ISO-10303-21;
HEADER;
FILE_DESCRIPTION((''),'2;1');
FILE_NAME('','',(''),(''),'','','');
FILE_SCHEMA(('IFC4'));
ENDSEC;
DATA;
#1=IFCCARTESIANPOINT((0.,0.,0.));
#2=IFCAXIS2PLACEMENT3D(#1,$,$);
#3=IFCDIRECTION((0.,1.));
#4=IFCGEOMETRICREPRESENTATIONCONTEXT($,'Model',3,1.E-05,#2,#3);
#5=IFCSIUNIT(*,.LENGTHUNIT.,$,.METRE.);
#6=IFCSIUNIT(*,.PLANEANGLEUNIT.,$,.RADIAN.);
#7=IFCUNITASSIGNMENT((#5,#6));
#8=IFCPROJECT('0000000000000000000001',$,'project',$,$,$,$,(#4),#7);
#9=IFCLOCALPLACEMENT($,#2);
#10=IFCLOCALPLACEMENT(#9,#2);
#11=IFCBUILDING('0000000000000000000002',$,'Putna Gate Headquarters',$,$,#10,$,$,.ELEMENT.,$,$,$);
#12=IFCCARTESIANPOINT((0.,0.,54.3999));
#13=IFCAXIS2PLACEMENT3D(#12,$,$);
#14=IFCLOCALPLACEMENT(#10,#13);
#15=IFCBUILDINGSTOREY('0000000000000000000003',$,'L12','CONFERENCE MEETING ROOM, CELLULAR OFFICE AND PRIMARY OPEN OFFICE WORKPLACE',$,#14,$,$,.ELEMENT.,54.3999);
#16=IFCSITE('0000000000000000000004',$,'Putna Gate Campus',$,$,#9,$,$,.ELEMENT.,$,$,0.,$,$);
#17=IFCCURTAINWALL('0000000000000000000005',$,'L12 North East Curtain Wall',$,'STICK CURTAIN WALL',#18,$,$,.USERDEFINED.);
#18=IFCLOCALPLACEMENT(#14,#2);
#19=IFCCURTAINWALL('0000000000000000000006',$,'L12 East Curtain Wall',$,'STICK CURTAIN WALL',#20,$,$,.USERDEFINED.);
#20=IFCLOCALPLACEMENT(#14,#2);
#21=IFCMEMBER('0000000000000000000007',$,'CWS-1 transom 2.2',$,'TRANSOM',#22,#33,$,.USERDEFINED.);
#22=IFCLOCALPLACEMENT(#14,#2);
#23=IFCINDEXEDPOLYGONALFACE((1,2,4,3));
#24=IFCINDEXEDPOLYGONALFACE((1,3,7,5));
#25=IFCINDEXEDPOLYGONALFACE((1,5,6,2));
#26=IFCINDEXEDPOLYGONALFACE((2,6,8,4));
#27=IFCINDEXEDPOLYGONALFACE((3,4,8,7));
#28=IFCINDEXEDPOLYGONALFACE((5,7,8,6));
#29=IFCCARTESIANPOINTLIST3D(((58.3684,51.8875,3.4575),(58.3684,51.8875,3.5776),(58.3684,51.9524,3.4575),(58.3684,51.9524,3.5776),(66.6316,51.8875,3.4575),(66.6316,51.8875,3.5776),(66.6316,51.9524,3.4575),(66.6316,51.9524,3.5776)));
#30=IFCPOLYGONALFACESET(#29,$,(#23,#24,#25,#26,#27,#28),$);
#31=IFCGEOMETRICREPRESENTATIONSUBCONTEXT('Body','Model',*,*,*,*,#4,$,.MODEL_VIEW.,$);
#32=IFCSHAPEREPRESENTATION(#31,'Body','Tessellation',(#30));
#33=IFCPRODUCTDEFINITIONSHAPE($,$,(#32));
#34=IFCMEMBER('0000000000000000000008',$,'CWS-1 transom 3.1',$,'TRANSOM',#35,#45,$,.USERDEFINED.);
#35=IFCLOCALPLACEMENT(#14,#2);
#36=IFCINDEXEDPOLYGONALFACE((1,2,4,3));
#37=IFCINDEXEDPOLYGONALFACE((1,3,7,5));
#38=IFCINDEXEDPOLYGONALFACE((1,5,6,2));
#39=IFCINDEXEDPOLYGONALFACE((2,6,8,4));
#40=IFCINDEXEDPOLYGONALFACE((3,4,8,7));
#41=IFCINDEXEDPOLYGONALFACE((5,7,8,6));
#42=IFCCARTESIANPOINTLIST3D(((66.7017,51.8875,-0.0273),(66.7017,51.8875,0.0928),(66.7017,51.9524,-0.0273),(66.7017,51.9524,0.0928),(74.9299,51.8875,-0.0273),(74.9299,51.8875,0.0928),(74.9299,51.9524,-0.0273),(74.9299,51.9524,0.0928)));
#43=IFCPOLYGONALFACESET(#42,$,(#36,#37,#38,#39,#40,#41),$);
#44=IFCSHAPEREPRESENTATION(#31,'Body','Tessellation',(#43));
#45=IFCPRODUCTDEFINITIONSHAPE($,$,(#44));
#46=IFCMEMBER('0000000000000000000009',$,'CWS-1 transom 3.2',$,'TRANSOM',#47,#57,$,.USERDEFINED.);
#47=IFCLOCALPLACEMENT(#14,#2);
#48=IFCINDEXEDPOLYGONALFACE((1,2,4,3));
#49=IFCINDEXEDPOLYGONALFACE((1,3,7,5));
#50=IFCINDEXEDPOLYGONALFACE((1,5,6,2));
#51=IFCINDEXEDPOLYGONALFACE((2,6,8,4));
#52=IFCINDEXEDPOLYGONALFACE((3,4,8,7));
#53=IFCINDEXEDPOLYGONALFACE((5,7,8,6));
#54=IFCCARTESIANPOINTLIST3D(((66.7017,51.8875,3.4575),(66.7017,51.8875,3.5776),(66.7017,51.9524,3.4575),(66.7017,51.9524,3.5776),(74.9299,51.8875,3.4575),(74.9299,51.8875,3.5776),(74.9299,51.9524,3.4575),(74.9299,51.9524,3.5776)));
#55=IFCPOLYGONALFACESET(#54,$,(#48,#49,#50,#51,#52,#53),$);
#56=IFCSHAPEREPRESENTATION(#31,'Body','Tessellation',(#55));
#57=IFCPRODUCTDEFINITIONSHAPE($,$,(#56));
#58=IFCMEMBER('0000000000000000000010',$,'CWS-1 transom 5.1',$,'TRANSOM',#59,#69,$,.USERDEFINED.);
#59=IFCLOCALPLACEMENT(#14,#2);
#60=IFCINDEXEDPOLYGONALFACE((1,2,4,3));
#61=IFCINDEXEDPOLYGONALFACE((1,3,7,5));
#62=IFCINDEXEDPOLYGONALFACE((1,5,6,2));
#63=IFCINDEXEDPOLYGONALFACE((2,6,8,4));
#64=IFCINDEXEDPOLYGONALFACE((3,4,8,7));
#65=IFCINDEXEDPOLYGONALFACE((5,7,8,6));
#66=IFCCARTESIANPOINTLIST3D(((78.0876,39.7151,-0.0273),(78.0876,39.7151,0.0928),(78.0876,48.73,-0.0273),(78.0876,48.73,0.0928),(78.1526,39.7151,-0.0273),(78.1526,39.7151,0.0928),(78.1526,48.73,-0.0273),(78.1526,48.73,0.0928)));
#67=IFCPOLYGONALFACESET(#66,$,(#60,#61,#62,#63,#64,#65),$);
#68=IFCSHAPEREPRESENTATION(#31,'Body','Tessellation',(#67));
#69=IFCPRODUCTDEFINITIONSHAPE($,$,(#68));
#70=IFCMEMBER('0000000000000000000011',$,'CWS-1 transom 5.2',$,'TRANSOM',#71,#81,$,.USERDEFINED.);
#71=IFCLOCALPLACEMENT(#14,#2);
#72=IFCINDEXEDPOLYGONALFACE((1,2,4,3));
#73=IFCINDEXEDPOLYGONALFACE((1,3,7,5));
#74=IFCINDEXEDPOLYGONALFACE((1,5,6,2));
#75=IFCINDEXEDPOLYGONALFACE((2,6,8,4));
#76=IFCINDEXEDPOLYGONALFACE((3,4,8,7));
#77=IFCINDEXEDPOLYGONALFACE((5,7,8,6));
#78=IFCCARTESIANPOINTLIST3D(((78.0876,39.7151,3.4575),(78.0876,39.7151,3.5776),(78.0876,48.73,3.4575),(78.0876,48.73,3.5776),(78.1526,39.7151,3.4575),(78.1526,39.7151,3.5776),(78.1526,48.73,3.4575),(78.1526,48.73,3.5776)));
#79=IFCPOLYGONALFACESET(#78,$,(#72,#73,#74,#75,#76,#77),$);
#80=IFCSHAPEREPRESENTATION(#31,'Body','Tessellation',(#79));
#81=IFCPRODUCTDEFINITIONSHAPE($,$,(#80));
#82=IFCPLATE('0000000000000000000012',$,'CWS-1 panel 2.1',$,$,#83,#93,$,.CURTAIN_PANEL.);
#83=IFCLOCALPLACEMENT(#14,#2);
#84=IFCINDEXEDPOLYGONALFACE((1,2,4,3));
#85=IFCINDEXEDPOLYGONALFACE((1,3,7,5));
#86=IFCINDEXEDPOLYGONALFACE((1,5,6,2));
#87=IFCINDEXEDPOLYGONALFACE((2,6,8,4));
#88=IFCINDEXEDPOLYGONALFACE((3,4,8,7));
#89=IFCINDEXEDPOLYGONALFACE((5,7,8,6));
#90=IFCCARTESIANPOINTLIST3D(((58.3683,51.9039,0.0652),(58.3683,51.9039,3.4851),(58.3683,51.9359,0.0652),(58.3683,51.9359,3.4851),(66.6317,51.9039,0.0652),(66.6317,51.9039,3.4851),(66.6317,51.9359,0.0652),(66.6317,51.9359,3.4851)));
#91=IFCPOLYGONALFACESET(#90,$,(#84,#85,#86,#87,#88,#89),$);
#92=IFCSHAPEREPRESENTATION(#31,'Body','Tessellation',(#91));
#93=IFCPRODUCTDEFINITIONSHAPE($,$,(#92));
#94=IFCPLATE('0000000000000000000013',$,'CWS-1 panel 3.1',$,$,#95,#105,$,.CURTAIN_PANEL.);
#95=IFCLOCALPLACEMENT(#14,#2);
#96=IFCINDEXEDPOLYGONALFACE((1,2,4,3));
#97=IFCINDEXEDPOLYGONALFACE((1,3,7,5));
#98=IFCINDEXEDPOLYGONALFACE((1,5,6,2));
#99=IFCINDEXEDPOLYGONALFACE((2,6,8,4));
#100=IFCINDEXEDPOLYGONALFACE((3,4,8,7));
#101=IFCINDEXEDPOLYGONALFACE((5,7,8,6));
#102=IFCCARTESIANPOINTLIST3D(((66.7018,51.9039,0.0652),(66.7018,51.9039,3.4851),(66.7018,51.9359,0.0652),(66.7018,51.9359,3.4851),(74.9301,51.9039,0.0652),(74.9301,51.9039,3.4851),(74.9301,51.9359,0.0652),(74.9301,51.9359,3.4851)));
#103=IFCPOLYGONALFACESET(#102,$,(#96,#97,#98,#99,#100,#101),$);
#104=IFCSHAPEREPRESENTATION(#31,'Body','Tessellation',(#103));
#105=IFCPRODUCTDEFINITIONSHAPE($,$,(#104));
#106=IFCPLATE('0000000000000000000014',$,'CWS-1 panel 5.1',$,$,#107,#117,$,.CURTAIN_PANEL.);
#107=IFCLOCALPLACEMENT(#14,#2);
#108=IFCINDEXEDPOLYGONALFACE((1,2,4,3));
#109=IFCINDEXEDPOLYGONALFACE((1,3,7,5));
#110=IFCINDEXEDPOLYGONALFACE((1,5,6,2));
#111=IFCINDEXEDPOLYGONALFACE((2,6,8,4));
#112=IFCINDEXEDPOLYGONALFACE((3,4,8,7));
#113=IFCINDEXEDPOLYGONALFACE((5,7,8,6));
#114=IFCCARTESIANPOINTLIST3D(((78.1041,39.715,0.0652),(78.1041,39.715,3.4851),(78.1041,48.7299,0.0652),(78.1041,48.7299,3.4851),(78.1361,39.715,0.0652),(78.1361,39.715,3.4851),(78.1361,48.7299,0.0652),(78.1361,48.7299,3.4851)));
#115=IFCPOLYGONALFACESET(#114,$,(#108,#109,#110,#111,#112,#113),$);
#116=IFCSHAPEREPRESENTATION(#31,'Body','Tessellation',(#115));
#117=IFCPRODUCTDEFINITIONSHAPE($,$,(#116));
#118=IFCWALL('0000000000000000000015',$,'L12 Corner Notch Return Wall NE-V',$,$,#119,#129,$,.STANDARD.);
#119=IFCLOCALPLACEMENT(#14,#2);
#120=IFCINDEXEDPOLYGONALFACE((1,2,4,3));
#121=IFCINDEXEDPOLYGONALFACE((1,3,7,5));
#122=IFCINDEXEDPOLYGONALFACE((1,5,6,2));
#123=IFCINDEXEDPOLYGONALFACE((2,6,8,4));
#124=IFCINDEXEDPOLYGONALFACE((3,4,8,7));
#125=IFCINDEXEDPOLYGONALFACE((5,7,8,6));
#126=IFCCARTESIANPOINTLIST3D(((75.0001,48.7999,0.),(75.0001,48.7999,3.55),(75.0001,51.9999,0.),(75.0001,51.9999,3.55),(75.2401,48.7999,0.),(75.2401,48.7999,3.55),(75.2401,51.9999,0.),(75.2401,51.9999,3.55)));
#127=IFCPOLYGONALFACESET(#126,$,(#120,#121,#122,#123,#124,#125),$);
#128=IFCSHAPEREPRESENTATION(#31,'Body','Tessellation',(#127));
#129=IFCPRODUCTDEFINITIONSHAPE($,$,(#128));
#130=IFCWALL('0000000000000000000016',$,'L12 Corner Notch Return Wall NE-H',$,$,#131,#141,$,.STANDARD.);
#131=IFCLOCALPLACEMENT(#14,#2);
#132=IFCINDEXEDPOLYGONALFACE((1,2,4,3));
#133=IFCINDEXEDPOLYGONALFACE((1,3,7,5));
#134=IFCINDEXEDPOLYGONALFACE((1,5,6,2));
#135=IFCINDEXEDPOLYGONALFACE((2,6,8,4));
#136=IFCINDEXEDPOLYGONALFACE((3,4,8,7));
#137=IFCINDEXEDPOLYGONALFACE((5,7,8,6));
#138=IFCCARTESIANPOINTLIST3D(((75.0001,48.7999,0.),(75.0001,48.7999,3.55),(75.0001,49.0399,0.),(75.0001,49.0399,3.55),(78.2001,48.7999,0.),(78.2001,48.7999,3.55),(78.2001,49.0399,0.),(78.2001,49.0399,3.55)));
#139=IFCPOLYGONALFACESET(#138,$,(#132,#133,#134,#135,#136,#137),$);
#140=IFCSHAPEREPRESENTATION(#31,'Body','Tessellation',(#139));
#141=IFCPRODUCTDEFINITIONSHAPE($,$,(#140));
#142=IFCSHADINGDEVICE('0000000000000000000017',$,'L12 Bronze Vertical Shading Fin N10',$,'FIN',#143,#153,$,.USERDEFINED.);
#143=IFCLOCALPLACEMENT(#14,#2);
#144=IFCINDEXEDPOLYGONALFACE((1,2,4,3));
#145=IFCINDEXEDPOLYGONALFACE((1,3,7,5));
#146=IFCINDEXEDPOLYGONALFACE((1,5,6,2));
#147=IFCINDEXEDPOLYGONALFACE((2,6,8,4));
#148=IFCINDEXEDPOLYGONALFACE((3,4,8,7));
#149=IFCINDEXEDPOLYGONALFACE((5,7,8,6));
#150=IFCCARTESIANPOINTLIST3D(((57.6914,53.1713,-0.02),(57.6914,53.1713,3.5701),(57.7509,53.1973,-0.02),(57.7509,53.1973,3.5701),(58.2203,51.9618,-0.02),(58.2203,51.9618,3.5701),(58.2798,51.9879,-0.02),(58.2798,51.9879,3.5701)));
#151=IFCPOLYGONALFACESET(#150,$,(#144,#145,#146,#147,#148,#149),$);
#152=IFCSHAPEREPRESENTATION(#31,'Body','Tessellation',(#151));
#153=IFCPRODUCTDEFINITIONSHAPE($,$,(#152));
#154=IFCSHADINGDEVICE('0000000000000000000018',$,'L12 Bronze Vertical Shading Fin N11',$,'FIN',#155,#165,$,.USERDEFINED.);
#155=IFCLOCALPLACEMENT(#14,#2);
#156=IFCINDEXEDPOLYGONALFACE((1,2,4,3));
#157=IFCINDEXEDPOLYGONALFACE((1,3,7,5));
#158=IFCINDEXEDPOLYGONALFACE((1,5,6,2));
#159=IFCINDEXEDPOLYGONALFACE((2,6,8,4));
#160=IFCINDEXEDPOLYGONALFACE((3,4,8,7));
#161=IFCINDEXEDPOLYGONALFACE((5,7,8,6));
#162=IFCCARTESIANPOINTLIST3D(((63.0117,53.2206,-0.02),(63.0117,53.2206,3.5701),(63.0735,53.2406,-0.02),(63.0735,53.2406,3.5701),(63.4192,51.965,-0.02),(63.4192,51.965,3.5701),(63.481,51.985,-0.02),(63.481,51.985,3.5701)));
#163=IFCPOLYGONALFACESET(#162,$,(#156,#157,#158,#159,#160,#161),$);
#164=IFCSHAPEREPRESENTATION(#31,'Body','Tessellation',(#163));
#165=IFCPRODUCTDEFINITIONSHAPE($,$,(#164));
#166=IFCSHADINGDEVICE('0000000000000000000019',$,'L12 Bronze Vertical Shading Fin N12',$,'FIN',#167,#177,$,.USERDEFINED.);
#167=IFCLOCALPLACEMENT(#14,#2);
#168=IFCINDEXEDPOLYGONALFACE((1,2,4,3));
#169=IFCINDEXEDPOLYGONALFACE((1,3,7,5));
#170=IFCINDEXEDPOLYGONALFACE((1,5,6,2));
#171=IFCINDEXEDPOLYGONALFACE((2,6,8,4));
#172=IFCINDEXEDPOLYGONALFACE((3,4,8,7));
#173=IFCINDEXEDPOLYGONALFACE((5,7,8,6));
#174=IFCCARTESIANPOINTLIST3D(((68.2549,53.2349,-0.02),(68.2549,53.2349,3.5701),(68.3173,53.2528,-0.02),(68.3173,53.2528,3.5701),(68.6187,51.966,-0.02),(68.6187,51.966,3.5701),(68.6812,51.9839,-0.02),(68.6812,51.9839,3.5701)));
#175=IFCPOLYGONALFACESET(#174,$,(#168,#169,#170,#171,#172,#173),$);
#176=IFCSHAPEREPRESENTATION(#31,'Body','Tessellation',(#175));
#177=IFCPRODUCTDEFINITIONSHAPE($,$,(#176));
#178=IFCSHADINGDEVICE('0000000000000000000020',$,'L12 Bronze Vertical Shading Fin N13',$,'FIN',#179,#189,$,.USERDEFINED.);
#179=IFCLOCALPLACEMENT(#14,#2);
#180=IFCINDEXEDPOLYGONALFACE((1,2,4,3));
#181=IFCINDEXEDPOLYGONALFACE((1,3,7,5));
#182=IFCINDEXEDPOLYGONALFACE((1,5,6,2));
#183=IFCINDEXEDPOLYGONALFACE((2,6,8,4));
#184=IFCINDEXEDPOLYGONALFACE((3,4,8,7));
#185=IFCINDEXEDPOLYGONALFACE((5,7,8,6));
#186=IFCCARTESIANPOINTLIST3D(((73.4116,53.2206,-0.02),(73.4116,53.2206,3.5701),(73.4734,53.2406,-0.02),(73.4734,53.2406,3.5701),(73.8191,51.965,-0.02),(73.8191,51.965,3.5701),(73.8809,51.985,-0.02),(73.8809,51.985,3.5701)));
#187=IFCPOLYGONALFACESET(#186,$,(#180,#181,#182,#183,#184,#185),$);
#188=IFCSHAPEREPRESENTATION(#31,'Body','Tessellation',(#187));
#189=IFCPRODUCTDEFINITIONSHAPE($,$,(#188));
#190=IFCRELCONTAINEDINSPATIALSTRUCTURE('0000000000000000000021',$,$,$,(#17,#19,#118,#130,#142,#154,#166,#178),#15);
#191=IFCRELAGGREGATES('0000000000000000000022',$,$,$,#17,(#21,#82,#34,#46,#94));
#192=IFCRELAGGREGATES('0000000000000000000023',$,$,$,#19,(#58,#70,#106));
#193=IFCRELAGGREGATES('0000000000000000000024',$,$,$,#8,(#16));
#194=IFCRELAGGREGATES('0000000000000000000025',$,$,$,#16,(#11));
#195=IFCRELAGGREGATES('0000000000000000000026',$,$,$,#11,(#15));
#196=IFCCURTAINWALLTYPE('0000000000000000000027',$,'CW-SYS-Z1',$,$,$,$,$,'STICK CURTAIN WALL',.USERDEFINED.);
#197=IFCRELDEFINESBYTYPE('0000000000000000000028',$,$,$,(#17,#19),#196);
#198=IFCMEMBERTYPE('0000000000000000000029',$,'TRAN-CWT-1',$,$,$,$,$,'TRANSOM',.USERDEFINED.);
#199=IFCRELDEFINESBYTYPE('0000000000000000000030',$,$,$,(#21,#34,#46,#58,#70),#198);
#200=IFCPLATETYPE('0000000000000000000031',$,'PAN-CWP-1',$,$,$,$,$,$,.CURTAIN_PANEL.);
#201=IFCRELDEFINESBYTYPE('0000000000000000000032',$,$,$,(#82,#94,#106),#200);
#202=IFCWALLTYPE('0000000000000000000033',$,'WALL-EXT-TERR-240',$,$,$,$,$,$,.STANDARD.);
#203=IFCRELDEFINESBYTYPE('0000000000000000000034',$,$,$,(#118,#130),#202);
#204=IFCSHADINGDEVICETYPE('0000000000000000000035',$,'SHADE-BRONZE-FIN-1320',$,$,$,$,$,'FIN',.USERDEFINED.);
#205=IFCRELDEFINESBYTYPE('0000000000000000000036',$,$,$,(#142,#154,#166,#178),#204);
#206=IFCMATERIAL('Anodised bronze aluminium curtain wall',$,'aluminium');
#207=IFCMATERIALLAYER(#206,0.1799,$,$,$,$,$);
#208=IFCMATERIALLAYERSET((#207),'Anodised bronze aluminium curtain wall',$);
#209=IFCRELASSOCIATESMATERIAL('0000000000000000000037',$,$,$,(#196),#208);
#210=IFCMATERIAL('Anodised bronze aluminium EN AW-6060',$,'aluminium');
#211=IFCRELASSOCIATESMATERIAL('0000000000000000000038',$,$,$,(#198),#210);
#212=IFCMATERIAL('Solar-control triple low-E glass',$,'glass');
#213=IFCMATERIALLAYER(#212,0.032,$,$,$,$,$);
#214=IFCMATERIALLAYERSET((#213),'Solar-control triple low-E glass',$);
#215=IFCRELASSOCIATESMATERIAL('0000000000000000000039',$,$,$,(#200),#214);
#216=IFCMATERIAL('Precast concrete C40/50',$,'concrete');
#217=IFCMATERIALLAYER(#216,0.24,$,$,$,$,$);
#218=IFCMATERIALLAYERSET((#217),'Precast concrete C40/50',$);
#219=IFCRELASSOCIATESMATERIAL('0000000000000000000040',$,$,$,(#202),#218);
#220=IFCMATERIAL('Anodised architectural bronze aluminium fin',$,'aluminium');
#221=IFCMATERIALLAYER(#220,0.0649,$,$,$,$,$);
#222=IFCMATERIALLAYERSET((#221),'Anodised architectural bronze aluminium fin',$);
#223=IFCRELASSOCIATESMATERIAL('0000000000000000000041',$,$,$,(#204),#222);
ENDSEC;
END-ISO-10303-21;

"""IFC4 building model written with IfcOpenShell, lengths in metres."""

from ifc_helpers import new_model, si_unit, direction, frame, frame_2d, origin, origin_2d, place, context, subcontext, project, spatial, rectangle, extrude, material, layer, layer_set, material_profile, profile_set, type_object, element, aggregate, save


model = new_model("IFC4")

# Units and contexts
model_context = context("Model", 3, precision=1e-05, world=origin(), true_north=direction((0.0, 1.0)))
body_context = subcontext(model_context, "Body", "Model", "MODEL_VIEW")
ifc_project = project(units=[si_unit("LENGTHUNIT", "METRE"), si_unit("PLANEANGLEUNIT", "RADIAN")], contexts=[model_context])

# Site, building, storey
site_placement = place(None, origin())
site = spatial("IfcSite", under=ifc_project, at=site_placement, Name="Putna Gate Campus", CompositionType="ELEMENT", RefElevation=0.0)
building_placement = place(site_placement, origin())
building = spatial("IfcBuilding", under=site, at=building_placement, Name="Putna Gate Headquarters", CompositionType="ELEMENT")
storey_placement = place(building_placement, frame((0.0, 0.0, 54.3999)))
storey = spatial("IfcBuildingStorey", under=building, at=storey_placement, Name="L12", Description="CONFERENCE MEETING ROOM, CELLULAR OFFICE AND PRIMARY OPEN OFFICE WORKPLACE", CompositionType="ELEMENT", Elevation=54.3999)

# Curtain wall
ifc_material_1 = material(Name="Anodised bronze aluminium curtain wall", Category="aluminium")
ifc_layer_1 = layer(ifc_material_1, 0.1799)
ifc_layer_set_1 = layer_set([ifc_layer_1], Name="Anodised bronze aluminium curtain wall")
curtain_wall_type = type_object("IfcCurtainWallType", Name="CW-SYS-Z1", ElementType="STICK CURTAIN WALL", PredefinedType="USERDEFINED", material=ifc_layer_set_1)
curtain_wall_1_placement = place(storey_placement, origin())
curtain_wall_1 = element("IfcCurtainWall", 1, at=curtain_wall_1_placement, inside=storey, type_object=curtain_wall_type, Name="L12 North East Curtain Wall", ObjectType="STICK CURTAIN WALL", PredefinedType="USERDEFINED")
ifc_material_2 = material(Name="Anodised bronze aluminium EN AW-6060", Category="aluminium")

# Curtain wall
curtain_wall_2_placement = place(storey_placement, origin())
curtain_wall_2 = element("IfcCurtainWall", 2, at=curtain_wall_2_placement, inside=storey, type_object=curtain_wall_type, Name="L12 East Curtain Wall", ObjectType="STICK CURTAIN WALL", PredefinedType="USERDEFINED")

# Members
ifc_material_profile_1 = material_profile(ifc_material_2, rectangle(XDim=0.0649, YDim=0.1201, at=origin_2d()), Name="Anodised bronze aluminium EN AW-6060")
ifc_profile_set_1 = profile_set([ifc_material_profile_1], Name="Anodised bronze aluminium EN AW-6060")
member_type_1 = type_object("IfcMemberType", Name="TRAN-CWT-1", ElementType="TRANSOM", PredefinedType="USERDEFINED", material=ifc_profile_set_1)
member_1_placement = place(storey_placement, frame((58.3684, 51.9199, 3.5176), z_axis=(1.0, 0.0, 0.0), x_axis=(0.0, 1.0, 0.0)))
member_1 = element("IfcMember", 3, at=member_1_placement, type_object=member_type_1, Name="CWS-1 transom 2.2", ObjectType="TRANSOM", PredefinedType="USERDEFINED", context=body_context, shape_type="SweptSolid", body=[
    extrude(rectangle(XDim=0.0649, YDim=0.1201, at=origin_2d()), origin(), (0.0, 0.0, 1.0), 8.2632),
])
member_2_placement = place(storey_placement, frame((66.7017, 51.9199, 0.0327), z_axis=(1.0, 0.0, 0.0), x_axis=(0.0, 1.0, 0.0)))
member_2 = element("IfcMember", 4, at=member_2_placement, type_object=member_type_1, Name="CWS-1 transom 3.1", ObjectType="TRANSOM", PredefinedType="USERDEFINED", context=body_context, shape_type="SweptSolid", body=[
    extrude(rectangle(XDim=0.0649, YDim=0.1201, at=origin_2d()), origin(), (0.0, 0.0, 1.0), 8.2283),
])
member_3_placement = place(storey_placement, frame((66.7017, 51.9199, 3.5176), z_axis=(1.0, 0.0, 0.0), x_axis=(0.0, 1.0, 0.0)))
member_3 = element("IfcMember", 5, at=member_3_placement, type_object=member_type_1, Name="CWS-1 transom 3.2", ObjectType="TRANSOM", PredefinedType="USERDEFINED", context=body_context, shape_type="SweptSolid", body=[
    extrude(rectangle(XDim=0.0649, YDim=0.1201, at=origin_2d()), origin(), (0.0, 0.0, 1.0), 8.2283),
])
member_4_placement = place(storey_placement, frame((78.1201, 39.7151, 0.0327), z_axis=(0.0, 1.0, 0.0), x_axis=(-1.0, 0.0, 0.0)))
member_4 = element("IfcMember", 6, at=member_4_placement, type_object=member_type_1, Name="CWS-1 transom 5.1", ObjectType="TRANSOM", PredefinedType="USERDEFINED", context=body_context, shape_type="SweptSolid", body=[
    extrude(rectangle(XDim=0.0649, YDim=0.1201, at=origin_2d()), origin(), (0.0, 0.0, 1.0), 9.0149),
])
member_5_placement = place(storey_placement, frame((78.1201, 39.7151, 3.5176), z_axis=(0.0, 1.0, 0.0), x_axis=(-1.0, 0.0, 0.0)))
member_5 = element("IfcMember", 7, at=member_5_placement, type_object=member_type_1, Name="CWS-1 transom 5.2", ObjectType="TRANSOM", PredefinedType="USERDEFINED", context=body_context, shape_type="SweptSolid", body=[
    extrude(rectangle(XDim=0.0649, YDim=0.1201, at=origin_2d()), origin(), (0.0, 0.0, 1.0), 9.0149),
])

# Plates
ifc_material_3 = material(Name="Solar-control triple low-E glass", Category="glass")
ifc_layer_2 = layer(ifc_material_3, 0.032)
ifc_layer_set_2 = layer_set([ifc_layer_2], Name="Solar-control triple low-E glass")
plate_type = type_object("IfcPlateType", Name="PAN-CWP-1", PredefinedType="CURTAIN_PANEL", material=ifc_layer_set_2)
plate_1_placement = place(storey_placement, frame((62.5, 51.9199, 0.0652), z_axis=(0.0, 0.0, 1.0), x_axis=(1.0, 0.0, 0.0)))
plate_1 = element("IfcPlate", 8, at=plate_1_placement, type_object=plate_type, Name="CWS-1 panel 2.1", PredefinedType="CURTAIN_PANEL", context=body_context, shape_type="SweptSolid", body=[
    extrude(rectangle(XDim=8.2634, YDim=0.032, at=origin_2d()), origin(), (0.0, 0.0, 1.0), 3.4199),
])
plate_2_placement = place(storey_placement, frame((70.8159, 51.9199, 0.0652), z_axis=(0.0, 0.0, 1.0), x_axis=(1.0, 0.0, 0.0)))
plate_2 = element("IfcPlate", 9, at=plate_2_placement, type_object=plate_type, Name="CWS-1 panel 3.1", PredefinedType="CURTAIN_PANEL", context=body_context, shape_type="SweptSolid", body=[
    extrude(rectangle(XDim=8.2283, YDim=0.032, at=origin_2d()), origin(), (0.0, 0.0, 1.0), 3.4199),
])
aggregate(curtain_wall_1, [member_1, plate_1, member_2, member_3, plate_2])
plate_3_placement = place(storey_placement, frame((78.1201, 44.2224, 0.0652), z_axis=(0.0, 0.0, 1.0), x_axis=(0.0, 1.0, 0.0)))
plate_3 = element("IfcPlate", 10, at=plate_3_placement, type_object=plate_type, Name="CWS-1 panel 5.1", PredefinedType="CURTAIN_PANEL", context=body_context, shape_type="SweptSolid", body=[
    extrude(rectangle(XDim=9.0149, YDim=0.032, at=origin_2d()), origin(), (0.0, 0.0, 1.0), 3.4199),
])
aggregate(curtain_wall_2, [member_4, member_5, plate_3])

# Walls
ifc_material_4 = material(Name="Precast concrete C40/50", Category="concrete")
ifc_layer_3 = layer(ifc_material_4, 0.24)
ifc_layer_set_3 = layer_set([ifc_layer_3], Name="Precast concrete C40/50")
wall_type = type_object("IfcWallType", Name="WALL-EXT-TERR-240", PredefinedType="STANDARD", material=ifc_layer_set_3)
for number, where, z_axis, x_axis, name in (
    (11, (75.1201, 52.0, 0.0), (0.0, 0.0, 1.0), (0.0, -1.0, 0.0), "L12 Corner Notch Return Wall NE-V"),
    (12, (75.0, 48.9199, 0.0), (0.0, 0.0, 1.0), (1.0, 0.0, 0.0), "L12 Corner Notch Return Wall NE-H"),
):
    element("IfcWall", number, at=place(storey_placement, frame(where, z_axis=z_axis, x_axis=x_axis)), inside=storey, type_object=wall_type, Name=name, PredefinedType="STANDARD", context=body_context, shape_type="SweptSolid", body=[
        extrude(rectangle(XDim=3.2, YDim=0.24, at=frame_2d((1.6001, 0.0))), origin(), (0.0, 0.0, 1.0), 3.55),
    ])

# Shading devices
ifc_material_5 = material(Name="Anodised architectural bronze aluminium fin", Category="aluminium")
ifc_layer_4 = layer(ifc_material_5, 0.0649)
ifc_layer_set_4 = layer_set([ifc_layer_4], Name="Anodised architectural bronze aluminium fin")
shading_device_type = type_object("IfcShadingDeviceType", Name="SHADE-BRONZE-FIN-1320", ElementType="FIN", PredefinedType="USERDEFINED", material=ifc_layer_set_4)
for number, where, z_axis, x_axis, name in (
    (13, (57.9856, 52.5796, -0.02), (0.0, 0.0, 1.0), (-0.400669, 0.916223, 0.0), "L12 Bronze Vertical Shading Fin N10"),
    (14, (63.2463, 52.6028, -0.02), (0.0, 0.0, 1.0), (-0.308685, 0.951164, 0.0), "L12 Bronze Vertical Shading Fin N11"),
    (15, (68.468, 52.6094, -0.02), (0.0, 0.0, 1.0), (-0.275637, 0.961262, 0.0), "L12 Bronze Vertical Shading Fin N12"),
    (16, (73.6462, 52.6028, -0.02), (0.0, 0.0, 1.0), (-0.308685, 0.951164, 0.0), "L12 Bronze Vertical Shading Fin N13"),
):
    element("IfcShadingDevice", number, at=place(storey_placement, frame(where, z_axis=z_axis, x_axis=x_axis)), inside=storey, type_object=shading_device_type, Name=name, ObjectType="FIN", PredefinedType="USERDEFINED", context=body_context, shape_type="SweptSolid", body=[
        extrude(rectangle(XDim=1.3201, YDim=0.0649, at=origin_2d()), origin(), (0.0, 0.0, 1.0), 3.5901),
    ])

save(model, "model.ifc")
